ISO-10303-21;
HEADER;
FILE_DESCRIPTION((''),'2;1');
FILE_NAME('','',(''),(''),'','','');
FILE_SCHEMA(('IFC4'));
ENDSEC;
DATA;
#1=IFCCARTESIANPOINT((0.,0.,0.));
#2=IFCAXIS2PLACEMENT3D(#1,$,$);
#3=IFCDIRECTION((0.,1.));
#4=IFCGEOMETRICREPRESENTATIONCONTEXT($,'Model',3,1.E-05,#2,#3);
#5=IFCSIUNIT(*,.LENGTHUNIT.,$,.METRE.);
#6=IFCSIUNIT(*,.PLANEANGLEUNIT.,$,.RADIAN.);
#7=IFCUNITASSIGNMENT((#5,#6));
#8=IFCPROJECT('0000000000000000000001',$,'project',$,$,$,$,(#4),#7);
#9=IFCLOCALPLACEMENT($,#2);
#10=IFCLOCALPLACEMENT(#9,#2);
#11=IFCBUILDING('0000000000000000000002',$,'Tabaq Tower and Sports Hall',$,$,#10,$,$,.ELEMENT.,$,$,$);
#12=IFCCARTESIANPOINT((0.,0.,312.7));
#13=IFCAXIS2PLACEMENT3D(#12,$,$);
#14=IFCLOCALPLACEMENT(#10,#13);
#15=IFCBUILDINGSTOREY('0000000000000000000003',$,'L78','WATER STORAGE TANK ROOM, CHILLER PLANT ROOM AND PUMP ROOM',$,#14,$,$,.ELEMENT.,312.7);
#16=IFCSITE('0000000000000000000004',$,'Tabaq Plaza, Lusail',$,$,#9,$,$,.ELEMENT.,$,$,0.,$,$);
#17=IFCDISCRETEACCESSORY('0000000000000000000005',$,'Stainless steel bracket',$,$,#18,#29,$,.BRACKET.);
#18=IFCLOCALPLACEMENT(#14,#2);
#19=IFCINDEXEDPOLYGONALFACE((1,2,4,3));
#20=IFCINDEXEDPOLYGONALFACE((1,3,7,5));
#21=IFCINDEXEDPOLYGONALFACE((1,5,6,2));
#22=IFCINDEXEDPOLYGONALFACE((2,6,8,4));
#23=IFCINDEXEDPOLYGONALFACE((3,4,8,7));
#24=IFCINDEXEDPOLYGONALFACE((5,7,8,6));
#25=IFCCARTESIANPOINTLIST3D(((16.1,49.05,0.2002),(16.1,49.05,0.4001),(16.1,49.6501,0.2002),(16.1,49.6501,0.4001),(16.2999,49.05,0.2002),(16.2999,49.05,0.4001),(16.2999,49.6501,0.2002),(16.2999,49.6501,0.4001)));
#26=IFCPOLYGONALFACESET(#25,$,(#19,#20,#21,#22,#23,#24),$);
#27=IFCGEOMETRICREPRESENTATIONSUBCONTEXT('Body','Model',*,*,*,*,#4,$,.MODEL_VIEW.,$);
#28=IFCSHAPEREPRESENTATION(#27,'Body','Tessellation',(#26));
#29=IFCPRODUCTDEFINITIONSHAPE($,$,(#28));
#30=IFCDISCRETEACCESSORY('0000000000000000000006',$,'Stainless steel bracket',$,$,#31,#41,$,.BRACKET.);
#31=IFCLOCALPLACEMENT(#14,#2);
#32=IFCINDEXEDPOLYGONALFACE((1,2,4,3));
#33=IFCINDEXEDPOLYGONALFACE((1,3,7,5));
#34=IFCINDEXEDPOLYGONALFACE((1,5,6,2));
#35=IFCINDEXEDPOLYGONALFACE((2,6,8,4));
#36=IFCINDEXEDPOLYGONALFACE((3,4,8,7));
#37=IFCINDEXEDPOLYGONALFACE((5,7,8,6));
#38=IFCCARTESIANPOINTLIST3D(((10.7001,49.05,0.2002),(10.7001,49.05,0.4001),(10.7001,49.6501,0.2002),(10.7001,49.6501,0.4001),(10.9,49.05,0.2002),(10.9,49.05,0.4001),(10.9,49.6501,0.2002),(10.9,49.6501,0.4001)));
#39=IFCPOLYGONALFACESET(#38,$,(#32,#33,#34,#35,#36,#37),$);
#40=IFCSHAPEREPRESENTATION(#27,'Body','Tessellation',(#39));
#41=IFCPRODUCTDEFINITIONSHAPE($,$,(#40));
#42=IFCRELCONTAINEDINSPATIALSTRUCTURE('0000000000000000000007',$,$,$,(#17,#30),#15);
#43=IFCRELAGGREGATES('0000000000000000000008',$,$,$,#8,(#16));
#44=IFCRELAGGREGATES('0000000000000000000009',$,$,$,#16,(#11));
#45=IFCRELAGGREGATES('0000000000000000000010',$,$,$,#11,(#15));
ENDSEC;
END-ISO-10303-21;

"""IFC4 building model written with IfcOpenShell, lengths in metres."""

from ifc_helpers import new_model, si_unit, direction, frame, origin, origin_2d, place, context, subcontext, project, spatial, rectangle, extrude, element, save


model = new_model("IFC4")

# Units and contexts
model_context = context("Model", 3, precision=1e-05, world=origin(), true_north=direction((0.0, 1.0)))
body_context = subcontext(model_context, "Body", "Model", "MODEL_VIEW")
ifc_project = project(units=[si_unit("LENGTHUNIT", "METRE"), si_unit("PLANEANGLEUNIT", "RADIAN")], contexts=[model_context])

# Site, building, storey
site_placement = place(None, origin())
site = spatial("IfcSite", under=ifc_project, at=site_placement, Name="Tabaq Plaza, Lusail", CompositionType="ELEMENT", RefElevation=0.0)
building_placement = place(site_placement, origin())
building = spatial("IfcBuilding", under=site, at=building_placement, Name="Tabaq Tower and Sports Hall", CompositionType="ELEMENT")
storey_placement = place(building_placement, frame((0.0, 0.0, 312.7)))
storey = spatial("IfcBuildingStorey", under=building, at=storey_placement, Name="L78", Description="WATER STORAGE TANK ROOM, CHILLER PLANT ROOM AND PUMP ROOM", CompositionType="ELEMENT", Elevation=312.7)

# Discrete accessories
for number, where, z_axis, x_axis, name in (
    (1, (16.2, 49.3501, 0.2002), (0.0, 0.0, 1.0), (0.0, 1.0, 0.0), "Stainless steel bracket"),
    (2, (10.8, 49.3501, 0.2002), (0.0, 0.0, 1.0), (0.0, 1.0, 0.0), "Stainless steel bracket"),
):
    element("IfcDiscreteAccessory", number, at=place(storey_placement, frame(where, z_axis=z_axis, x_axis=x_axis)), inside=storey, Name=name, PredefinedType="BRACKET", context=body_context, shape_type="SweptSolid", body=[
        extrude(rectangle(XDim=0.6001, YDim=0.2, at=origin_2d()), origin(), (0.0, 0.0, 1.0), 0.2),
    ])

save(model, "model.ifc")
